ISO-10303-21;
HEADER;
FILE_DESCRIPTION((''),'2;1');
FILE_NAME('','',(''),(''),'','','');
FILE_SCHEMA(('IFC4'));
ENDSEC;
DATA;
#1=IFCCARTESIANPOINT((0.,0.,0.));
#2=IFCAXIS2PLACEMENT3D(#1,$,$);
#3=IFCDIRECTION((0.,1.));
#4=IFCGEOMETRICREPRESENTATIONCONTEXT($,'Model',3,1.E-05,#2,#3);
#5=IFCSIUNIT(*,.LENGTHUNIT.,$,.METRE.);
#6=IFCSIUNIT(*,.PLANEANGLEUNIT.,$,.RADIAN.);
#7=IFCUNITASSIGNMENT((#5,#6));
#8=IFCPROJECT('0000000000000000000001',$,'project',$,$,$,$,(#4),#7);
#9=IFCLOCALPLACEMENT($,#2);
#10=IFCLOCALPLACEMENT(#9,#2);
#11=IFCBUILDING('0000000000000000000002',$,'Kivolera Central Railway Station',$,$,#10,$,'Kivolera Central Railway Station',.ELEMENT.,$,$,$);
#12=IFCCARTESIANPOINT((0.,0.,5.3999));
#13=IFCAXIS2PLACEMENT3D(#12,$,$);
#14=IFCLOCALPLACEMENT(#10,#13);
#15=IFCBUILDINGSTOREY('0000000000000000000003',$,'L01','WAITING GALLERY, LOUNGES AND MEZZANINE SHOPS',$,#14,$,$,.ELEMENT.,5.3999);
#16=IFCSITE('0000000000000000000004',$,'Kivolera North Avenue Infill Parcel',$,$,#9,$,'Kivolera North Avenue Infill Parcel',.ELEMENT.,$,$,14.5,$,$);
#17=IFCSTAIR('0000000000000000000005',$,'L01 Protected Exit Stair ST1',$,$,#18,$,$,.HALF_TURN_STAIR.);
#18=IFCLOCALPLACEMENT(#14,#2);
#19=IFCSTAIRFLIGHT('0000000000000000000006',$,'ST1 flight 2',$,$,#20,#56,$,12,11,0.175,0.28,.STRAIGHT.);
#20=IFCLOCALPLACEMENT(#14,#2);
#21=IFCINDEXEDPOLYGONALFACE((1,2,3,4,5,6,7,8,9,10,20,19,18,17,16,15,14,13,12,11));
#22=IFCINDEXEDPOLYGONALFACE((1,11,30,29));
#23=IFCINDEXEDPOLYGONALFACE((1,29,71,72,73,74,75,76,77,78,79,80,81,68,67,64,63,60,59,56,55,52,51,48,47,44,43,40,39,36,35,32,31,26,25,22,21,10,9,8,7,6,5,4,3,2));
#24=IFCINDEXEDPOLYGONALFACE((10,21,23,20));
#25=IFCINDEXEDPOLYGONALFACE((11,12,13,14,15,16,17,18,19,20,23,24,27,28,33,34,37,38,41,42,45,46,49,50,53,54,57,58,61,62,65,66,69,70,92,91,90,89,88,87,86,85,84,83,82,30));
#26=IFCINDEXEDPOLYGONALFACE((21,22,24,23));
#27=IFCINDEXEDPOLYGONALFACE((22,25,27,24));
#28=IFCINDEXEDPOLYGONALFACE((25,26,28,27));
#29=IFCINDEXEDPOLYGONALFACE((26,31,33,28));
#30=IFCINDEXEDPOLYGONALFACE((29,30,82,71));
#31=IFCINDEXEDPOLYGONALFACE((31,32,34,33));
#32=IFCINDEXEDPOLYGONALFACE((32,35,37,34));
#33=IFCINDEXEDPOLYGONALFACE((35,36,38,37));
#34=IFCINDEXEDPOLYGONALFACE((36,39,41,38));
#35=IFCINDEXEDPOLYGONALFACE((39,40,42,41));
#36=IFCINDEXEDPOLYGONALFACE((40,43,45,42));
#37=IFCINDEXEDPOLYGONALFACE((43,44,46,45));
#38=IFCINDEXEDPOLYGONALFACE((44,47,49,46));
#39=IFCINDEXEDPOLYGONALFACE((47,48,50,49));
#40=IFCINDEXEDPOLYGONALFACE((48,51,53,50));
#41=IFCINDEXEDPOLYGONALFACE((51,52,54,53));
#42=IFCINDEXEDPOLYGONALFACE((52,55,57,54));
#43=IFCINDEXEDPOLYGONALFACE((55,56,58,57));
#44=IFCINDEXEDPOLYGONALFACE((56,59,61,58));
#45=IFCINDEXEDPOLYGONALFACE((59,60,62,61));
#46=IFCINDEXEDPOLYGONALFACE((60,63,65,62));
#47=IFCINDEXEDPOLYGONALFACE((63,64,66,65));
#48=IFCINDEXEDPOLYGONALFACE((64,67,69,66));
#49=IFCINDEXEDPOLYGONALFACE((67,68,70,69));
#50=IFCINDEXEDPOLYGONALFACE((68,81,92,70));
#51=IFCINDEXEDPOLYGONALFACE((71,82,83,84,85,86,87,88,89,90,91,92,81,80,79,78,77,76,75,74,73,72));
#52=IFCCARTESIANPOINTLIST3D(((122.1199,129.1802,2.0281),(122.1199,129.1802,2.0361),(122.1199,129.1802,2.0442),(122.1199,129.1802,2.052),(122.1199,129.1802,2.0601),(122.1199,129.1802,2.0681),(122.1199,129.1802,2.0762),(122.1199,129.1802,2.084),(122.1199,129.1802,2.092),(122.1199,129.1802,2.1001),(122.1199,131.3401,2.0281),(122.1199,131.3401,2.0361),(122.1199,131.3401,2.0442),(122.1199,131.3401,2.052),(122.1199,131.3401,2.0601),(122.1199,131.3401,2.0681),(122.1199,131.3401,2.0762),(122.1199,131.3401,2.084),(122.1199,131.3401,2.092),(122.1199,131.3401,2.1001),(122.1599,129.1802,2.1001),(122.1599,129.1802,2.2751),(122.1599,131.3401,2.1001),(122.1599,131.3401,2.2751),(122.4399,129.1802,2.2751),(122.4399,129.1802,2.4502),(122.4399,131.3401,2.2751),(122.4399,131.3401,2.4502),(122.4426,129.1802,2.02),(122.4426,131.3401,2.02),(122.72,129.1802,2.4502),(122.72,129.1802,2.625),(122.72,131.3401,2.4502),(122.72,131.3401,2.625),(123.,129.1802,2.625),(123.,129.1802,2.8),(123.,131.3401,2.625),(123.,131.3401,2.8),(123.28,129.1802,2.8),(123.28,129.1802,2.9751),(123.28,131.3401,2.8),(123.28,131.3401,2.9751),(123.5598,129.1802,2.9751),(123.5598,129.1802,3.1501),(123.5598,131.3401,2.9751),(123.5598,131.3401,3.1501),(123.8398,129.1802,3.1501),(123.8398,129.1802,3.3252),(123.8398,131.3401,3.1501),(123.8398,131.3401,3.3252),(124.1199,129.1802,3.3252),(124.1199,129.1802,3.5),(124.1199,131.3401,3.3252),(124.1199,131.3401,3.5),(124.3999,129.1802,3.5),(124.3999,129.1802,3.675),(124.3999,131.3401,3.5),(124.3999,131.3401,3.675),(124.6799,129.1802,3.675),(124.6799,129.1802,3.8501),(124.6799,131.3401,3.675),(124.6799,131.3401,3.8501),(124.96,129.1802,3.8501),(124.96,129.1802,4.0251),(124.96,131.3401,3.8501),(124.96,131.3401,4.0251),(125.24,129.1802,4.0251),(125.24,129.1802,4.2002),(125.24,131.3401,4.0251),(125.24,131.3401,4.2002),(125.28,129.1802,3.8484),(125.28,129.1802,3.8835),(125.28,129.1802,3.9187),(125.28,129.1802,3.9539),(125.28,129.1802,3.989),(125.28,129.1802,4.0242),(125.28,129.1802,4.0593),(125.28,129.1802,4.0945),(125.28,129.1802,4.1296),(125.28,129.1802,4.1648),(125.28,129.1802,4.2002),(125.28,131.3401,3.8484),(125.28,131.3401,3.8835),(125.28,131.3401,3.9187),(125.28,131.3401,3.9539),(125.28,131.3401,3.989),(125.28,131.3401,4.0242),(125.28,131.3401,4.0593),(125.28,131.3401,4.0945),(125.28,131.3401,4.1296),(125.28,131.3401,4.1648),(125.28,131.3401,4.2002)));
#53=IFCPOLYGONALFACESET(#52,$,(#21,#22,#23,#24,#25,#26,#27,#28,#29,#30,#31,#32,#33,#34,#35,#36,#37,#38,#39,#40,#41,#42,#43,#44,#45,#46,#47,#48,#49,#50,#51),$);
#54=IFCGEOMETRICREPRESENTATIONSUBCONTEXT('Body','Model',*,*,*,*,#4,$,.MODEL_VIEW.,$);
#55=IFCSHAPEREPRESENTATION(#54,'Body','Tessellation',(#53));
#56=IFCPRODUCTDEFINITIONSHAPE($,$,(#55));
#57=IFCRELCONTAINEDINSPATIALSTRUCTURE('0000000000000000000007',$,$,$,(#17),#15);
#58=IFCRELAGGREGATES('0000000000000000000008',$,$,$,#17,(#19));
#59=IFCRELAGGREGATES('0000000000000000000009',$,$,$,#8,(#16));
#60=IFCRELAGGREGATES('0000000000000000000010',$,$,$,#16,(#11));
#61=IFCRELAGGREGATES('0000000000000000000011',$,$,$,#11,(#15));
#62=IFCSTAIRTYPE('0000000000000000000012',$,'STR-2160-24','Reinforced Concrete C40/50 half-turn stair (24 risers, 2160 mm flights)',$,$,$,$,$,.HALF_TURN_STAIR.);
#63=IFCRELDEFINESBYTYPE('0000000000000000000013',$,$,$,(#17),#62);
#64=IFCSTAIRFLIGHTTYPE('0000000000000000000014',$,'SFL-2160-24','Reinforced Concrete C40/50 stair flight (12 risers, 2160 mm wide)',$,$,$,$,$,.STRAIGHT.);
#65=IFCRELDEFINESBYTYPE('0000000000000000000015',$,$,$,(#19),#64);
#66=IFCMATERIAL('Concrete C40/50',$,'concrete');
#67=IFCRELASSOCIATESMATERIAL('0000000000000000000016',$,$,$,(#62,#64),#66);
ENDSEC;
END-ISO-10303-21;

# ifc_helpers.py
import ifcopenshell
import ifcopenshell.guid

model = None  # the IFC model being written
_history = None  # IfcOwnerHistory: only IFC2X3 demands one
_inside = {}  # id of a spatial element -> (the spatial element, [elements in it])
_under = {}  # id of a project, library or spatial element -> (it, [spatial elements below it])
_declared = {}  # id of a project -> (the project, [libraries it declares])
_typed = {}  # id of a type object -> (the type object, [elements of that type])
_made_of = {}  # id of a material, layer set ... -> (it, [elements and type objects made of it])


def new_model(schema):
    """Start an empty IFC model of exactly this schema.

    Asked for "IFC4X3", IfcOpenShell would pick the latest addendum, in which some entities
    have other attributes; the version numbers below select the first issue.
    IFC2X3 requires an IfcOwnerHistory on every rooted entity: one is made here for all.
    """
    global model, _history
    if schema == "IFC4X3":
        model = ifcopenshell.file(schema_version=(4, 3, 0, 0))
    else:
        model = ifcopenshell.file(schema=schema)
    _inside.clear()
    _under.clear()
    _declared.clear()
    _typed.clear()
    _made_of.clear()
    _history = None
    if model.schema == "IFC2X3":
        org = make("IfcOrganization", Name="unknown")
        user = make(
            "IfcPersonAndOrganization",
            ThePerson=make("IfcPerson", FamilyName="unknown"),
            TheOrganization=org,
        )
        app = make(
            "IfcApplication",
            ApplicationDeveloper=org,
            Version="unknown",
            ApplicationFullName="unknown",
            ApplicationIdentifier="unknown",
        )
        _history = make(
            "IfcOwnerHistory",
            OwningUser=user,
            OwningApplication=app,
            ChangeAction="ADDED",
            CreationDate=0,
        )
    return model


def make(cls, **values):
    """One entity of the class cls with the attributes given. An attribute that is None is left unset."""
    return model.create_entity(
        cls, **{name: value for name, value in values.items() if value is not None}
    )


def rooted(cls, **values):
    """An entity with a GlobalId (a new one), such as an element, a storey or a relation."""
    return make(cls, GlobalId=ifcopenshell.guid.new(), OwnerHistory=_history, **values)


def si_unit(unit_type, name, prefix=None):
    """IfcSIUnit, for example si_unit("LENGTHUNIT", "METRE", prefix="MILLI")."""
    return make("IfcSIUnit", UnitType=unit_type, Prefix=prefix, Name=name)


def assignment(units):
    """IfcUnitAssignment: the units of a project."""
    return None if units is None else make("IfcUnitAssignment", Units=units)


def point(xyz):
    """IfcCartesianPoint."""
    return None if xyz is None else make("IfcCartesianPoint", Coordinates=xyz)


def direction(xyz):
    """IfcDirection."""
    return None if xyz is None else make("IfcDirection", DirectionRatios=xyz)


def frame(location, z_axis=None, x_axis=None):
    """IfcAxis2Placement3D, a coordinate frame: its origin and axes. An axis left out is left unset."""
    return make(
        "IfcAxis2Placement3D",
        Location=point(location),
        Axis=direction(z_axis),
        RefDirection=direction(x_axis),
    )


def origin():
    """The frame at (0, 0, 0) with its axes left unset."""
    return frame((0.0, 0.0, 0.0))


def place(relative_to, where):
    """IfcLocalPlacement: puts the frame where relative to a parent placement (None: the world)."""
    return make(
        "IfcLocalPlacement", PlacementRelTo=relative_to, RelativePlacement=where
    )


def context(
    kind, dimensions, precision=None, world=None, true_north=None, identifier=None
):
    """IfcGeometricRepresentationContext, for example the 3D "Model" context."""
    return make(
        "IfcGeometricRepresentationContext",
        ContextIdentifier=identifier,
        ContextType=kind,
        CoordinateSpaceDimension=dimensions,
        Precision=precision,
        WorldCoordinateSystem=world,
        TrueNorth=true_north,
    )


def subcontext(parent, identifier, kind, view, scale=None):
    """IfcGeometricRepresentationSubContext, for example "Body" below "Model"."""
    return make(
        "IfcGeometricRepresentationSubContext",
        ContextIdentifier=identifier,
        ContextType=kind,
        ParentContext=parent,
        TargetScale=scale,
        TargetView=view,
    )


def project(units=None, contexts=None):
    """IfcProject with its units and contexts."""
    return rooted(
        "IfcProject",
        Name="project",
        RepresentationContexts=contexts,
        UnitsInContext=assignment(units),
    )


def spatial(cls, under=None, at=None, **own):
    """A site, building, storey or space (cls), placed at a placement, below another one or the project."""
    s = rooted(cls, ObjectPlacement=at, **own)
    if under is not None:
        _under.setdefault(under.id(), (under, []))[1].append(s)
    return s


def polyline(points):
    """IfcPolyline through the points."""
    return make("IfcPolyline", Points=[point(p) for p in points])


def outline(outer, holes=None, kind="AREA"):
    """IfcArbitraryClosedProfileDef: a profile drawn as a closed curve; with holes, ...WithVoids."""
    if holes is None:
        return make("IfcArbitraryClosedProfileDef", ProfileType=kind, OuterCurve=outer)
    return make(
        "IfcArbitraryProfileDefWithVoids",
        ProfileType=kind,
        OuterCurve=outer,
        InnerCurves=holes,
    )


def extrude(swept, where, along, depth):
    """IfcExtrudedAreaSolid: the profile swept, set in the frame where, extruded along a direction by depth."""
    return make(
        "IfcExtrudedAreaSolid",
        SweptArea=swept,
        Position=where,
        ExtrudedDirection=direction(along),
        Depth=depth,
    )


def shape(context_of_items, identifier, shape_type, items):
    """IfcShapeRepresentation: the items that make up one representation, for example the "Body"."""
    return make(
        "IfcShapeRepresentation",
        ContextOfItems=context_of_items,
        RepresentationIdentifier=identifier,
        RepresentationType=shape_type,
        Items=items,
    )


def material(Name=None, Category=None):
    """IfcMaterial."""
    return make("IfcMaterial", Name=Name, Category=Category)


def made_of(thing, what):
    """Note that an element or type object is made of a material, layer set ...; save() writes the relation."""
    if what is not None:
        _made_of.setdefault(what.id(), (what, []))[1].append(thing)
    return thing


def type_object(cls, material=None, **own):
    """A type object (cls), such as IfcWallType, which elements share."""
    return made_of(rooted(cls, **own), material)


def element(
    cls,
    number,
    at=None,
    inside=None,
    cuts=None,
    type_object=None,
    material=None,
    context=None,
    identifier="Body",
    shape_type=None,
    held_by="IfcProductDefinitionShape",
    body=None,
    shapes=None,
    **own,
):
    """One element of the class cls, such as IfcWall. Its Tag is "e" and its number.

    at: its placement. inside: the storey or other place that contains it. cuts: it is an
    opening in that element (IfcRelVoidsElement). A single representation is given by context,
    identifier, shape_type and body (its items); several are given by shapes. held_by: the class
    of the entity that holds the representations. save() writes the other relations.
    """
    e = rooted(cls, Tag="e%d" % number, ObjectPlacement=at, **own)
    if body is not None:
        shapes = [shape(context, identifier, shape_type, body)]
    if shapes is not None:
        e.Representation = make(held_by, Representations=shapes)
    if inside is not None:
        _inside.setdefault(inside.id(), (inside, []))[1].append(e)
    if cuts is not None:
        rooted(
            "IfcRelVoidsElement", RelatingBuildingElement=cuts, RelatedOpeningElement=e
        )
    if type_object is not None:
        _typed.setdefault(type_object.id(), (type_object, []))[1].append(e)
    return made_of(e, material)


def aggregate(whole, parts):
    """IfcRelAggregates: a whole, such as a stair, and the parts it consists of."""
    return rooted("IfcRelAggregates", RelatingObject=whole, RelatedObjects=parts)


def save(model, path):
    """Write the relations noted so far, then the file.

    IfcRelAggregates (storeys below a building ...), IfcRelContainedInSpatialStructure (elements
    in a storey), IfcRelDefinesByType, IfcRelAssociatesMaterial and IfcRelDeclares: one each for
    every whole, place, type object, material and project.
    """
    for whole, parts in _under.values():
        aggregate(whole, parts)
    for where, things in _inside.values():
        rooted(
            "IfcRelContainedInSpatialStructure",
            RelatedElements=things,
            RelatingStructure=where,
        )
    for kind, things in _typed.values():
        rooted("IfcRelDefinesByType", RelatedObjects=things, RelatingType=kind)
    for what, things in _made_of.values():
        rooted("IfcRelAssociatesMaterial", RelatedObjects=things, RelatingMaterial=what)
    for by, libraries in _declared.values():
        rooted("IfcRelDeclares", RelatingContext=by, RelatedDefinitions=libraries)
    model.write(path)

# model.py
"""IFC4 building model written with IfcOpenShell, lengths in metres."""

from ifc_helpers import new_model, si_unit, direction, frame, origin, place, context, subcontext, project, spatial, polyline, outline, extrude, material, type_object, element, aggregate, save


model = new_model("IFC4")

# Units and contexts
model_context = context("Model", 3, precision=1e-05, world=origin(), true_north=direction((0.0, 1.0)))
body_context = subcontext(model_context, "Body", "Model", "MODEL_VIEW")
ifc_project = project(units=[si_unit("LENGTHUNIT", "METRE"), si_unit("PLANEANGLEUNIT", "RADIAN")], contexts=[model_context])

# Site, building, storey
site_placement = place(None, origin())
site = spatial("IfcSite", under=ifc_project, at=site_placement, Name="Kivolera North Avenue Infill Parcel", LongName="Kivolera North Avenue Infill Parcel", CompositionType="ELEMENT", RefElevation=14.5)
building_placement = place(site_placement, origin())
building = spatial("IfcBuilding", under=site, at=building_placement, Name="Kivolera Central Railway Station", LongName="Kivolera Central Railway Station", CompositionType="ELEMENT")
storey_placement = place(building_placement, frame((0.0, 0.0, 5.3999)))
storey = spatial("IfcBuildingStorey", under=building, at=storey_placement, Name="L01", Description="WAITING GALLERY, LOUNGES AND MEZZANINE SHOPS", CompositionType="ELEMENT", Elevation=5.3999)

# Shared definitions
ifc_material_1 = material(Name="Concrete C40/50", Category="concrete")

# Stair, stair flight
stair_type = type_object("IfcStairType", Name="STR-2160-24", Description="Reinforced Concrete C40/50 half-turn stair (24 risers, 2160 mm flights)", PredefinedType="HALF_TURN_STAIR", material=ifc_material_1)
stair_placement = place(storey_placement, origin())
stair = element("IfcStair", 1, at=stair_placement, inside=storey, type_object=stair_type, Name="L01 Protected Exit Stair ST1", PredefinedType="HALF_TURN_STAIR")
stair_flight_type = type_object("IfcStairFlightType", Name="SFL-2160-24", Description="Reinforced Concrete C40/50 stair flight (12 risers, 2160 mm wide)", PredefinedType="STRAIGHT", material=ifc_material_1)
stair_flight_placement = place(storey_placement, frame((122.1599, 130.26, 2.1001), z_axis=(0.0, 0.0, 1.0), x_axis=(1.0, 0.0, 0.0)))
stair_flight = element("IfcStairFlight", 2, at=stair_flight_placement, type_object=stair_flight_type, Name="ST1 flight 2", NumberOfRisers=12, NumberOfTreads=11, PredefinedType="STRAIGHT", RiserHeight=0.175, TreadLength=0.28, context=body_context, shape_type="SweptSolid", body=[
    extrude(outline(polyline([(-0.04, 0.0), (0.0, 0.0), (0.0, 0.175), (0.28, 0.175), (0.28, 0.3501), (0.5601, 0.3501), (0.5601, 0.5249), (0.8401, 0.5249), (0.8401, 0.7), (1.1201, 0.7), (1.1201, 0.875), (1.3999, 0.875), (1.3999, 1.05), (1.6799, 1.05), (1.6799, 1.2251), (1.96, 1.2251), (1.96, 1.3999), (2.24, 1.3999), (2.24, 1.575), (2.52, 1.575), (2.52, 1.75), (2.8, 1.75), (2.8, 1.925), (3.0801, 1.925), (3.0801, 2.1001), (3.1201, 2.1001), (3.1201, 2.0647), (3.1201, 2.0295), (3.1201, 1.9944), (3.1201, 1.9592), (3.1201, 1.9241), (3.1201, 1.8889), (3.1201, 1.8538), (3.1201, 1.8186), (3.1201, 1.7834), (3.1201, 1.7483), (0.2827, -0.0801), (-0.04, -0.072), (-0.04, -0.064), (-0.04, -0.0559), (-0.04, -0.0481), (-0.04, -0.04), (-0.04, -0.032), (-0.04, -0.0239), (-0.04, -0.0161), (-0.04, -0.0081), (-0.04, 0.0)])), frame((0.0, 1.0801, 0.0), z_axis=(0.0, -1.0, 0.0), x_axis=(1.0, 0.0, 0.0)), (0.0, 0.0, 1.0), 2.1599),
])
aggregate(stair, [stair_flight])

save(model, "model.ifc")
